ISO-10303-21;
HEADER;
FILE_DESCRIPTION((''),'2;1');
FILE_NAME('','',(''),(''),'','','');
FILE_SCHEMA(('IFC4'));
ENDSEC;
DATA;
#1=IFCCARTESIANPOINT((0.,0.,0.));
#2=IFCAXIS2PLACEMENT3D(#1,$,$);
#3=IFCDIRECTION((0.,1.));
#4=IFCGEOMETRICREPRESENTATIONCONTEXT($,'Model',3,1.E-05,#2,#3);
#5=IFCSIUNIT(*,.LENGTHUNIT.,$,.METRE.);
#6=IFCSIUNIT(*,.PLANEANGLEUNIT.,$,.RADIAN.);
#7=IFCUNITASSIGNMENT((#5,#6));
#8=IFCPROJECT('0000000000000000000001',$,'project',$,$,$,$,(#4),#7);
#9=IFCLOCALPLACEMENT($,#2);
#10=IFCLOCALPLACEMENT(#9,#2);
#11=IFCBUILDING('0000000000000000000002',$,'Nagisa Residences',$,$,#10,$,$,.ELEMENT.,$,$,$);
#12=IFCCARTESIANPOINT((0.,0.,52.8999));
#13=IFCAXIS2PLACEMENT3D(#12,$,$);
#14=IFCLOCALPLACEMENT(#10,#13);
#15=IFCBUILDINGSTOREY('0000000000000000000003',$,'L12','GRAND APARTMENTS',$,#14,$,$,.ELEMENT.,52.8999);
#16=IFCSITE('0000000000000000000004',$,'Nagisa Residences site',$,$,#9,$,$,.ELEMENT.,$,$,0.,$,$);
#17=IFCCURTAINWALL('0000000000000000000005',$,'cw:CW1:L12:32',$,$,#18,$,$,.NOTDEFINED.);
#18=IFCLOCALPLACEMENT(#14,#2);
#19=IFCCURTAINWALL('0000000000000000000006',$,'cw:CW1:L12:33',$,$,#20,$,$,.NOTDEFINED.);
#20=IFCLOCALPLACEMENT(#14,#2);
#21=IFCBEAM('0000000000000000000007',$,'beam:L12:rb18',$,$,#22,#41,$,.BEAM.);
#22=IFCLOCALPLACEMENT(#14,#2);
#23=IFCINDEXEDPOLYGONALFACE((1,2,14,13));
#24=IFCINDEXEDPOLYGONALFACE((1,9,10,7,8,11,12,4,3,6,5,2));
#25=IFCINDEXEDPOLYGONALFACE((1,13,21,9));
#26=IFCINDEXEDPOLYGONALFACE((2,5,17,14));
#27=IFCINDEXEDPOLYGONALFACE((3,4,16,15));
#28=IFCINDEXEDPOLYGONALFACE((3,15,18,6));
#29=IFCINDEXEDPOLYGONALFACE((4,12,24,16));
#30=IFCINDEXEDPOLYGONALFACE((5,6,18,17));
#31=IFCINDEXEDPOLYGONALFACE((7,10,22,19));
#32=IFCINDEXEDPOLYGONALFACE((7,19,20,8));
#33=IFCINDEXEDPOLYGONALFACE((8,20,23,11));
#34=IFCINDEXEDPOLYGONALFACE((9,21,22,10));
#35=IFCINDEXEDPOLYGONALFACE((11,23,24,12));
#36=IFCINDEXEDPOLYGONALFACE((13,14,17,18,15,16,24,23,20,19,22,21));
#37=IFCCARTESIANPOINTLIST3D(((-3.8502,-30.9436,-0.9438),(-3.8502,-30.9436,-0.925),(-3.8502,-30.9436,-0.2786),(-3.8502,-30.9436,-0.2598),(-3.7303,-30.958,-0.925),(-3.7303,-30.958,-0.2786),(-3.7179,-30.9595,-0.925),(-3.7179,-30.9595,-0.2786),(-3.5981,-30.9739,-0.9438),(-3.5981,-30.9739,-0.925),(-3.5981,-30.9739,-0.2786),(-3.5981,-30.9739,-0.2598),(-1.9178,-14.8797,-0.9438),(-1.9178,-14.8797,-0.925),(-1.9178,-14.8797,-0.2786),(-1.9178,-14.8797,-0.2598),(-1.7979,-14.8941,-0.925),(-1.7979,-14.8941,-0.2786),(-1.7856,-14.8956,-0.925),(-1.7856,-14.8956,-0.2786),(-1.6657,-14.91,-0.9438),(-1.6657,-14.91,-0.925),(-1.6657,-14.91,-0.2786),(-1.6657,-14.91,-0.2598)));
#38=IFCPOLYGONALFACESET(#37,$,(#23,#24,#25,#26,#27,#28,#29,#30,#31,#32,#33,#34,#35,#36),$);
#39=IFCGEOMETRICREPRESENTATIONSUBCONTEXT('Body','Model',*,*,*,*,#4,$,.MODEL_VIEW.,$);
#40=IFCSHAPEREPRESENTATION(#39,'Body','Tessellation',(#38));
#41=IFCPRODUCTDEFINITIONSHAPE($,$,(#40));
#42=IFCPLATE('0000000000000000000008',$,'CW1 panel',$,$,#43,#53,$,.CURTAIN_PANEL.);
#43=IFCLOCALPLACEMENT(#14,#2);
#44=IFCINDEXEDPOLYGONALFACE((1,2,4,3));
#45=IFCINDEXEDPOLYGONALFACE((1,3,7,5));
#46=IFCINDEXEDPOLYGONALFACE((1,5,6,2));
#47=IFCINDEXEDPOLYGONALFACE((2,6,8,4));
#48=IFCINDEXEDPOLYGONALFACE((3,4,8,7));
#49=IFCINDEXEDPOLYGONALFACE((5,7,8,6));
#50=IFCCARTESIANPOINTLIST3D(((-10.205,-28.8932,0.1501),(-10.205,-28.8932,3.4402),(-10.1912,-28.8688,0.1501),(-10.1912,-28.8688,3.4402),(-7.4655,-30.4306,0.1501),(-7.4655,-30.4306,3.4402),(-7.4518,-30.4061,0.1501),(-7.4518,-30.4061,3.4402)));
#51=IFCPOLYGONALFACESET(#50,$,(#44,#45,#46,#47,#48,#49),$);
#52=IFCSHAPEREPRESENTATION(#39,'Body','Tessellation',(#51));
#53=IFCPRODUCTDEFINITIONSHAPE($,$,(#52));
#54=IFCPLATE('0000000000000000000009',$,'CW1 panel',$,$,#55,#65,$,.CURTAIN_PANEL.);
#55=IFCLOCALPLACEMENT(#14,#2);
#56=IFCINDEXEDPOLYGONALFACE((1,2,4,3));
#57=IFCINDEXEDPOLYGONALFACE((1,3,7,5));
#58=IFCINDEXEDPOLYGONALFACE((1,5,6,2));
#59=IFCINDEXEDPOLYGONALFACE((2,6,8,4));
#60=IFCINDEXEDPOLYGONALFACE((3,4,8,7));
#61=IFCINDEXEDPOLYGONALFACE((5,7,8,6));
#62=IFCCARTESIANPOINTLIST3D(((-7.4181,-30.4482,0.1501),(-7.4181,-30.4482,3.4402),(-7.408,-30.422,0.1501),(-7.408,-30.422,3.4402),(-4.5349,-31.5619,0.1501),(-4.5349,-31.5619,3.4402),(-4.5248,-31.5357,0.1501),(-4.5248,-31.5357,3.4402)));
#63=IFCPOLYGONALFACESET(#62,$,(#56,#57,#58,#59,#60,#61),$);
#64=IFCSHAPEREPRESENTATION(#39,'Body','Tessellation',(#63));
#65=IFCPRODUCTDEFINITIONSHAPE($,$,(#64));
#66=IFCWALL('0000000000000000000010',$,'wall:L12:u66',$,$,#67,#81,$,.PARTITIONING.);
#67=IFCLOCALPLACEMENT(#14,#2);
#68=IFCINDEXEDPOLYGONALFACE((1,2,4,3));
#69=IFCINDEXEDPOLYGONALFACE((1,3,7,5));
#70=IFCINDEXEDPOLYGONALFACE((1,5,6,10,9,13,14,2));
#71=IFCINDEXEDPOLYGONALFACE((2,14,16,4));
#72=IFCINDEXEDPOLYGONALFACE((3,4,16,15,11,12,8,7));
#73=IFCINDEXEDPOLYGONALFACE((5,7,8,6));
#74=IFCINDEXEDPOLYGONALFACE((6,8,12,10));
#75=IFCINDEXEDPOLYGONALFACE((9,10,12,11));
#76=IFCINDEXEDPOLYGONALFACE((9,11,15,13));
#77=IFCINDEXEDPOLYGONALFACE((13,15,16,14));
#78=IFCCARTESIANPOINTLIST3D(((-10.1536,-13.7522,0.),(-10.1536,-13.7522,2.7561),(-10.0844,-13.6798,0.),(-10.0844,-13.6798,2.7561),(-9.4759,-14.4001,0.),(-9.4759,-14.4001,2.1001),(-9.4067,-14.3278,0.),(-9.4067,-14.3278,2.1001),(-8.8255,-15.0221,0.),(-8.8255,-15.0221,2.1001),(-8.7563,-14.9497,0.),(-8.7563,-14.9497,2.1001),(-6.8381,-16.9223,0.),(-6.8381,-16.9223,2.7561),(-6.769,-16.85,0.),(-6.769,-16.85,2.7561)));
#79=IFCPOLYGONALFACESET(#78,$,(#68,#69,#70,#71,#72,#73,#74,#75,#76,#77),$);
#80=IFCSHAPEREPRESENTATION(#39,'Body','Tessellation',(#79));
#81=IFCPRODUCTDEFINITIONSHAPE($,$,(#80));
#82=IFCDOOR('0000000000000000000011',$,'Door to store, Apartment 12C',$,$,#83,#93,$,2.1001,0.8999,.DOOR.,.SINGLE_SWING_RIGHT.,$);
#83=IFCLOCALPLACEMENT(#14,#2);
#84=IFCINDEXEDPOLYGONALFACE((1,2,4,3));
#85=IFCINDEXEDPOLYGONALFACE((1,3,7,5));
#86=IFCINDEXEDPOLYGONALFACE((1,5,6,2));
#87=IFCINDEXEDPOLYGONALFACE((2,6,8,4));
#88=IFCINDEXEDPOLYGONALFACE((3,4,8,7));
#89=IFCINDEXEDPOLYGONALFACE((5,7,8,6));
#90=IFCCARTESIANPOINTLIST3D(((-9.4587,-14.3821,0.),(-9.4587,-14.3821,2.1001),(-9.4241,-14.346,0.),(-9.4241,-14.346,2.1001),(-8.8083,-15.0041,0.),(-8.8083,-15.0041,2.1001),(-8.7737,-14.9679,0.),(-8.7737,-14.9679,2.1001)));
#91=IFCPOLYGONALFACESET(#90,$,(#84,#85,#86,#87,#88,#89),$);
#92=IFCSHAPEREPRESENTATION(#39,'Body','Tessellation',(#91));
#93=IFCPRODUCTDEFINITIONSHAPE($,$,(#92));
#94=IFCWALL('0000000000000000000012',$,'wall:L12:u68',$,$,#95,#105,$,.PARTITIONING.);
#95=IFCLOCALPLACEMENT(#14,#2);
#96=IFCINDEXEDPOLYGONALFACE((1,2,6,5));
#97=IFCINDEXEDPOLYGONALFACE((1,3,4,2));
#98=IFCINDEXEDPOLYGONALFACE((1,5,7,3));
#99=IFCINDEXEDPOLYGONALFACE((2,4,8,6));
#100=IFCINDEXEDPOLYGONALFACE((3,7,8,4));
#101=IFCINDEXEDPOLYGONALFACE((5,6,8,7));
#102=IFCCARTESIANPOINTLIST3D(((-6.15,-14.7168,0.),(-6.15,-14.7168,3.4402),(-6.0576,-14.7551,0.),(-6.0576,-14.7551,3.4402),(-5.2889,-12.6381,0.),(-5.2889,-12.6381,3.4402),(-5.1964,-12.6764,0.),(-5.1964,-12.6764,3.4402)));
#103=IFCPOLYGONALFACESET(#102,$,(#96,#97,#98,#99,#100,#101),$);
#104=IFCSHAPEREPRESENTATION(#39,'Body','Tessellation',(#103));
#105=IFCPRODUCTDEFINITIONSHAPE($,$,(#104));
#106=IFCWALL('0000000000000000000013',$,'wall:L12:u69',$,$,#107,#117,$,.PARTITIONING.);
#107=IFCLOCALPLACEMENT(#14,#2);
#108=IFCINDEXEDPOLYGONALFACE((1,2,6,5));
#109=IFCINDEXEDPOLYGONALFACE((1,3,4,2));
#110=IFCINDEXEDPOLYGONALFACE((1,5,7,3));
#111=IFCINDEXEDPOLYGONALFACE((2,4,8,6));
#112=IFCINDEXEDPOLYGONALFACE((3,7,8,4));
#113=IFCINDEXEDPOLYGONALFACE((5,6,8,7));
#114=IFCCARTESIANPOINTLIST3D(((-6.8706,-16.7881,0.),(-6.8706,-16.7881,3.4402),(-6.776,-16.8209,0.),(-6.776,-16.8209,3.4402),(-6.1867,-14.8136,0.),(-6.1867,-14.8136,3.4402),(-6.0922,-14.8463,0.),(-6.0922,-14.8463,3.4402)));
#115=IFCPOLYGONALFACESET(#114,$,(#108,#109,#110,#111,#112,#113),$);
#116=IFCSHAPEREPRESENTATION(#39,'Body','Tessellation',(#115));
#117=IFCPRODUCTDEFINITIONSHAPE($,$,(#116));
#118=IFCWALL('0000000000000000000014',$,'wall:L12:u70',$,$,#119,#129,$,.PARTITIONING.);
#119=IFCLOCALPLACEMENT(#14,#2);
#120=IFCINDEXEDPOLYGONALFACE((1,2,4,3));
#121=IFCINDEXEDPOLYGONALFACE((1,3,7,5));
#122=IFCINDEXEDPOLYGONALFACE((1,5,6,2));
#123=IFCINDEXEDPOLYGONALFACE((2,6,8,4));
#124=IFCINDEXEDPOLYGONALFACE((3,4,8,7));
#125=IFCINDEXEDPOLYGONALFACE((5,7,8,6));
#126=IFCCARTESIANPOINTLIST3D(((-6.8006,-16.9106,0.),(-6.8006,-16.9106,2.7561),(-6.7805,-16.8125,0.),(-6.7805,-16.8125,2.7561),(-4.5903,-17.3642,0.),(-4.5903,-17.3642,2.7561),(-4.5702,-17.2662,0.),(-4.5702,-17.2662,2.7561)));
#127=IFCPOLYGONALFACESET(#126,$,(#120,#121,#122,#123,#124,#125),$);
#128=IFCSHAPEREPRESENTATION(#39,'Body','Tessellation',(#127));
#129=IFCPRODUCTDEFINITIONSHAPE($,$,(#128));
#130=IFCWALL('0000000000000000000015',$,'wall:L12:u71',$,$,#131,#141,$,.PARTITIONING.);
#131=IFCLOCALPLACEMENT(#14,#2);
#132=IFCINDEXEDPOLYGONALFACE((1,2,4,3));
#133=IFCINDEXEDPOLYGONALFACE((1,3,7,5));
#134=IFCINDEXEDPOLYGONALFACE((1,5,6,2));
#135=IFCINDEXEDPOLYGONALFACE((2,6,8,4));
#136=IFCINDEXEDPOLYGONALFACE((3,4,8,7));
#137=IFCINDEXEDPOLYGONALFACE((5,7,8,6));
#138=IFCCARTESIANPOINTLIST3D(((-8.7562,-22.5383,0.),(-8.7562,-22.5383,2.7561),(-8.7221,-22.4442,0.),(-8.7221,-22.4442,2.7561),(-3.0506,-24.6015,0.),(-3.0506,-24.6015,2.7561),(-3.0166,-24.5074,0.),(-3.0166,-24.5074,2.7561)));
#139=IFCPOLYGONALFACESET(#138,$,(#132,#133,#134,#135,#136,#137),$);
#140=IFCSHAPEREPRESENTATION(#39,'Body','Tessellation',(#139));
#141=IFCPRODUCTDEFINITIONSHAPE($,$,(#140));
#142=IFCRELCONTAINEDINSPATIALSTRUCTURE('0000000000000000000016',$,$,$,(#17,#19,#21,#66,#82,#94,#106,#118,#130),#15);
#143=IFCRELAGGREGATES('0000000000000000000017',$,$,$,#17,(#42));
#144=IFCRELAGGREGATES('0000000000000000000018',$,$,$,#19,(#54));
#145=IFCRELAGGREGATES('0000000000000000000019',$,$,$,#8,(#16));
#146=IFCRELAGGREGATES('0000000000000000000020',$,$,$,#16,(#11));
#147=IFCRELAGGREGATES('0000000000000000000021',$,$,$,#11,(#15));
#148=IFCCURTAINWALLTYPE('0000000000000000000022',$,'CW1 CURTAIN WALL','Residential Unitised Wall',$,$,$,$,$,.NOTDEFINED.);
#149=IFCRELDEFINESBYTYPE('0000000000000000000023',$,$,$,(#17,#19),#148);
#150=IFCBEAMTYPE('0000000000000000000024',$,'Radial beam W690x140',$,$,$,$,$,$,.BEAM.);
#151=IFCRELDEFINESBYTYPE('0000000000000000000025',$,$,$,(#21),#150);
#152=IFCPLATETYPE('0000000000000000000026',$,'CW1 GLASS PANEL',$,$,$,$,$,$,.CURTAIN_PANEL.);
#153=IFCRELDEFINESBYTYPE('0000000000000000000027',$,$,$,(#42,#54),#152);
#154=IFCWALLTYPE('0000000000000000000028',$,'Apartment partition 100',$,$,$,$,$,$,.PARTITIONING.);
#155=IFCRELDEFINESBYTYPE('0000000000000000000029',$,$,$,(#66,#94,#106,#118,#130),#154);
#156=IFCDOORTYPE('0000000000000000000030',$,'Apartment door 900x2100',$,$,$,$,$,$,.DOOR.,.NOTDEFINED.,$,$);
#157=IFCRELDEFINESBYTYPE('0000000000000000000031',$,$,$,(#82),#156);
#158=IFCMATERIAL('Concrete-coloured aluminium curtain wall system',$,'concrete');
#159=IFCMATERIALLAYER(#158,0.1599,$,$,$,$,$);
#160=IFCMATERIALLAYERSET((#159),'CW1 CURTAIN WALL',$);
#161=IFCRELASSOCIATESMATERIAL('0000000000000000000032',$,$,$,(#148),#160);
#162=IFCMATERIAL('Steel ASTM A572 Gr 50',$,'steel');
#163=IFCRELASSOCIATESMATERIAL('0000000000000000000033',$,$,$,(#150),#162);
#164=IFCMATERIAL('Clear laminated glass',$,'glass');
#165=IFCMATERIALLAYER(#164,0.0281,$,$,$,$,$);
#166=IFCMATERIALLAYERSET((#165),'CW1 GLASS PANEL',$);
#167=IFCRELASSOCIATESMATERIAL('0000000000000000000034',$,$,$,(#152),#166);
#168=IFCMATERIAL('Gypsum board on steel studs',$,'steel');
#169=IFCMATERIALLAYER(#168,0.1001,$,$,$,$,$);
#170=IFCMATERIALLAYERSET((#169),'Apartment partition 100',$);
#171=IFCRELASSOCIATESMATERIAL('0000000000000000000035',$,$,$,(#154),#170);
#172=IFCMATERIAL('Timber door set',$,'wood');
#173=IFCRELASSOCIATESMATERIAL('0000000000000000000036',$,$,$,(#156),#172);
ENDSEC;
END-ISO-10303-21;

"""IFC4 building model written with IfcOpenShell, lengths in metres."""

from ifc_helpers import new_model, si_unit, direction, frame, frame_2d, origin, origin_2d, place, context, subcontext, project, spatial, rectangle, i_section, extrude, material, layer, layer_set, material_profile, profile_set, type_object, element, fill, aggregate, save


model = new_model("IFC4")

# Units and contexts
model_context = context("Model", 3, precision=1e-05, world=origin(), true_north=direction((0.0, 1.0)))
body_context = subcontext(model_context, "Body", "Model", "MODEL_VIEW")
ifc_project = project(units=[si_unit("LENGTHUNIT", "METRE"), si_unit("PLANEANGLEUNIT", "RADIAN")], contexts=[model_context])

# Site, building, storey
site_placement = place(None, origin())
site = spatial("IfcSite", under=ifc_project, at=site_placement, Name="Nagisa Residences site", CompositionType="ELEMENT", RefElevation=0.0)
building_placement = place(site_placement, origin())
building = spatial("IfcBuilding", under=site, at=building_placement, Name="Nagisa Residences", CompositionType="ELEMENT")
storey_placement = place(building_placement, frame((0.0, 0.0, 52.8999)))
storey = spatial("IfcBuildingStorey", under=building, at=storey_placement, Name="L12", Description="GRAND APARTMENTS", CompositionType="ELEMENT", Elevation=52.8999)

# Curtain walls
ifc_material_1 = material(Name="Concrete-coloured aluminium curtain wall system", Category="concrete")
ifc_layer_1 = layer(ifc_material_1, 0.1599)
ifc_layer_set_1 = layer_set([ifc_layer_1], Name="CW1 CURTAIN WALL")
curtain_wall_type = type_object("IfcCurtainWallType", Name="CW1 CURTAIN WALL", Description="Residential Unitised Wall", PredefinedType="NOTDEFINED", material=ifc_layer_set_1)
curtain_wall_1_placement = place(storey_placement, origin())
curtain_wall_1 = element("IfcCurtainWall", 1, at=curtain_wall_1_placement, inside=storey, type_object=curtain_wall_type, Name="cw:CW1:L12:32", PredefinedType="NOTDEFINED")
curtain_wall_2_placement = place(storey_placement, origin())
curtain_wall_2 = element("IfcCurtainWall", 2, at=curtain_wall_2_placement, inside=storey, type_object=curtain_wall_type, Name="cw:CW1:L12:33", PredefinedType="NOTDEFINED")

# Beam
ifc_material_2 = material(Name="Steel ASTM A572 Gr 50", Category="steel")
ifc_material_profile_1 = material_profile(ifc_material_2, i_section(OverallWidth=0.2539, OverallDepth=0.6841, WebThickness=0.0125, FlangeThickness=0.0188, at=origin_2d()), Name="W690x140")
ifc_profile_set_1 = profile_set([ifc_material_profile_1], Name="Steel ASTM A572 Gr 50")
beam_type_1 = type_object("IfcBeamType", Name="Radial beam W690x140", PredefinedType="BEAM", material=ifc_profile_set_1)
beam_1_placement = place(storey_placement, frame((-3.7241, -30.9587, -0.6018), z_axis=(0.119431, 0.992842, 0.0), x_axis=(-0.992842, 0.119431, 0.0)))
element("IfcBeam", 3, at=beam_1_placement, inside=storey, type_object=beam_type_1, Name="beam:L12:rb18", PredefinedType="BEAM", context=body_context, shape_type="SweptSolid", body=[
    extrude(i_section(OverallWidth=0.2539, OverallDepth=0.6841, WebThickness=0.0125, FlangeThickness=0.0188, at=origin_2d()), origin(), (0.0, 0.0, 1.0), 16.1797),
])

# Plates
ifc_material_3 = material(Name="Clear laminated glass", Category="glass")
ifc_layer_2 = layer(ifc_material_3, 0.0281)
ifc_layer_set_2 = layer_set([ifc_layer_2], Name="CW1 GLASS PANEL")
plate_type = type_object("IfcPlateType", Name="CW1 GLASS PANEL", PredefinedType="CURTAIN_PANEL", material=ifc_layer_set_2)
plate_1_placement = place(storey_placement, frame((-8.8284, -29.6497, 0.1501), z_axis=(0.0, 0.0, 1.0), x_axis=(0.872072, -0.489377, 0.0)))
plate_1 = element("IfcPlate", 4, at=plate_1_placement, type_object=plate_type, Name="CW1 panel", PredefinedType="CURTAIN_PANEL", context=body_context, shape_type="SweptSolid", body=[
    extrude(rectangle(XDim=3.1414, YDim=0.0281, at=origin_2d()), origin(), (0.0, 0.0, 1.0), 3.29),
])
aggregate(curtain_wall_1, [plate_1])
plate_2_placement = place(storey_placement, frame((-5.9714, -30.9919, 0.1501), z_axis=(0.0, 0.0, 1.0), x_axis=(0.932826, -0.360328, 0.0)))
plate_2 = element("IfcPlate", 5, at=plate_2_placement, type_object=plate_type, Name="CW1 panel", PredefinedType="CURTAIN_PANEL", context=body_context, shape_type="SweptSolid", body=[
    extrude(rectangle(XDim=3.0908, YDim=0.0281, at=origin_2d()), origin(), (0.0, 0.0, 1.0), 3.29),
])
aggregate(curtain_wall_2, [plate_2])

# Wall, opening, door
ifc_material_4 = material(Name="Gypsum board on steel studs", Category="steel")
ifc_layer_3 = layer(ifc_material_4, 0.1001)
ifc_layer_set_3 = layer_set([ifc_layer_3], Name="Apartment partition 100")
wall_type_1 = type_object("IfcWallType", Name="Apartment partition 100", PredefinedType="PARTITIONING", material=ifc_layer_set_3)
wall_1_placement = place(storey_placement, frame((-10.1189, -13.7161, 0.0), z_axis=(0.0, 0.0, 1.0), x_axis=(0.722763, -0.691096, 0.0)))
wall_1 = element("IfcWall", 6, at=wall_1_placement, inside=storey, type_object=wall_type_1, Name="wall:L12:u66", PredefinedType="PARTITIONING", context=body_context, shape_type="SweptSolid", body=[
    extrude(rectangle(XDim=4.5872, YDim=0.1001, at=frame_2d((2.2935, 0.0))), origin(), (0.0, 0.0, 1.0), 2.7561),
])
opening_1_placement = place(wall_1_placement, frame((0.9375, 0.0, 0.0)))
opening_1 = element("IfcOpeningElement", 7, at=opening_1_placement, cuts=wall_1, PredefinedType="OPENING", context=body_context, shape_type="SweptSolid", body=[
    extrude(rectangle(XDim=0.8999, YDim=2.1001, at=frame_2d((0.45, 1.05))), frame((0.0, 0.0601, 0.0), z_axis=(0.0, -1.0, 0.0), x_axis=(1.0, 0.0, 0.0)), (0.0, 0.0, 1.0), 0.1201),
])
ifc_material_5 = material(Name="Timber door set", Category="wood")
door_type_1 = type_object("IfcDoorType", Name="Apartment door 900x2100", OperationType="NOTDEFINED", PredefinedType="DOOR", material=ifc_material_5)
door_1_placement = place(opening_1_placement, origin())
door_1 = element("IfcDoor", 8, at=door_1_placement, inside=storey, type_object=door_type_1, Name="Door to store, Apartment 12C", OperationType="SINGLE_SWING_RIGHT", OverallHeight=2.1001, OverallWidth=0.8999, PredefinedType="DOOR", context=body_context, shape_type="SweptSolid", body=[
    extrude(rectangle(XDim=0.8999, YDim=2.1001, at=frame_2d((0.45, 1.05))), frame((0.0, 0.0249, 0.0), z_axis=(0.0, -1.0, 0.0), x_axis=(1.0, 0.0, 0.0)), (0.0, 0.0, 1.0), 0.05),
])
fill(opening_1, door_1)

# Walls
wall_2_placement = place(storey_placement, frame((-5.2427, -12.6572, 0.0), z_axis=(0.0, 0.0, 1.0), x_axis=(-0.382719, -0.923865, 0.0)))
element("IfcWall", 9, at=wall_2_placement, inside=storey, type_object=wall_type_1, Name="wall:L12:u68", PredefinedType="PARTITIONING", context=body_context, shape_type="SweptSolid", body=[
    extrude(rectangle(XDim=2.25, YDim=0.1001, at=frame_2d((1.125, 0.0))), origin(), (0.0, 0.0, 1.0), 3.4402),
])
wall_3_placement = place(storey_placement, frame((-6.1394, -14.8298, 0.0), z_axis=(0.0, 0.0, 1.0), x_axis=(-0.327247, -0.944939, 0.0)))
element("IfcWall", 10, at=wall_3_placement, inside=storey, type_object=wall_type_1, Name="wall:L12:u69", PredefinedType="PARTITIONING", context=body_context, shape_type="SweptSolid", body=[
    extrude(rectangle(XDim=2.0896, YDim=0.1001, at=frame_2d((1.0449, 0.0))), origin(), (0.0, 0.0, 1.0), 3.4402),
])
wall_4_placement = place(storey_placement, frame((-6.7905, -16.8616, 0.0), z_axis=(0.0, 0.0, 1.0), x_axis=(0.979582, -0.201045, 0.0)))
element("IfcWall", 11, at=wall_4_placement, inside=storey, type_object=wall_type_1, Name="wall:L12:u70", PredefinedType="PARTITIONING", context=body_context, shape_type="SweptSolid", body=[
    extrude(rectangle(XDim=2.2563, YDim=0.1001, at=frame_2d((1.1282, 0.0))), origin(), (0.0, 0.0, 1.0), 2.7561),
])
wall_5_placement = place(storey_placement, frame((-8.7393, -22.4912, 0.0), z_axis=(0.0, 0.0, 1.0), x_axis=(0.940402, -0.340066, 0.0)))
element("IfcWall", 12, at=wall_5_placement, inside=storey, type_object=wall_type_1, Name="wall:L12:u71", PredefinedType="PARTITIONING", context=body_context, shape_type="SweptSolid", body=[
    extrude(rectangle(XDim=6.0671, YDim=0.1001, at=frame_2d((3.0337, 0.0))), origin(), (0.0, 0.0, 1.0), 2.7561),
])

save(model, "model.ifc")
